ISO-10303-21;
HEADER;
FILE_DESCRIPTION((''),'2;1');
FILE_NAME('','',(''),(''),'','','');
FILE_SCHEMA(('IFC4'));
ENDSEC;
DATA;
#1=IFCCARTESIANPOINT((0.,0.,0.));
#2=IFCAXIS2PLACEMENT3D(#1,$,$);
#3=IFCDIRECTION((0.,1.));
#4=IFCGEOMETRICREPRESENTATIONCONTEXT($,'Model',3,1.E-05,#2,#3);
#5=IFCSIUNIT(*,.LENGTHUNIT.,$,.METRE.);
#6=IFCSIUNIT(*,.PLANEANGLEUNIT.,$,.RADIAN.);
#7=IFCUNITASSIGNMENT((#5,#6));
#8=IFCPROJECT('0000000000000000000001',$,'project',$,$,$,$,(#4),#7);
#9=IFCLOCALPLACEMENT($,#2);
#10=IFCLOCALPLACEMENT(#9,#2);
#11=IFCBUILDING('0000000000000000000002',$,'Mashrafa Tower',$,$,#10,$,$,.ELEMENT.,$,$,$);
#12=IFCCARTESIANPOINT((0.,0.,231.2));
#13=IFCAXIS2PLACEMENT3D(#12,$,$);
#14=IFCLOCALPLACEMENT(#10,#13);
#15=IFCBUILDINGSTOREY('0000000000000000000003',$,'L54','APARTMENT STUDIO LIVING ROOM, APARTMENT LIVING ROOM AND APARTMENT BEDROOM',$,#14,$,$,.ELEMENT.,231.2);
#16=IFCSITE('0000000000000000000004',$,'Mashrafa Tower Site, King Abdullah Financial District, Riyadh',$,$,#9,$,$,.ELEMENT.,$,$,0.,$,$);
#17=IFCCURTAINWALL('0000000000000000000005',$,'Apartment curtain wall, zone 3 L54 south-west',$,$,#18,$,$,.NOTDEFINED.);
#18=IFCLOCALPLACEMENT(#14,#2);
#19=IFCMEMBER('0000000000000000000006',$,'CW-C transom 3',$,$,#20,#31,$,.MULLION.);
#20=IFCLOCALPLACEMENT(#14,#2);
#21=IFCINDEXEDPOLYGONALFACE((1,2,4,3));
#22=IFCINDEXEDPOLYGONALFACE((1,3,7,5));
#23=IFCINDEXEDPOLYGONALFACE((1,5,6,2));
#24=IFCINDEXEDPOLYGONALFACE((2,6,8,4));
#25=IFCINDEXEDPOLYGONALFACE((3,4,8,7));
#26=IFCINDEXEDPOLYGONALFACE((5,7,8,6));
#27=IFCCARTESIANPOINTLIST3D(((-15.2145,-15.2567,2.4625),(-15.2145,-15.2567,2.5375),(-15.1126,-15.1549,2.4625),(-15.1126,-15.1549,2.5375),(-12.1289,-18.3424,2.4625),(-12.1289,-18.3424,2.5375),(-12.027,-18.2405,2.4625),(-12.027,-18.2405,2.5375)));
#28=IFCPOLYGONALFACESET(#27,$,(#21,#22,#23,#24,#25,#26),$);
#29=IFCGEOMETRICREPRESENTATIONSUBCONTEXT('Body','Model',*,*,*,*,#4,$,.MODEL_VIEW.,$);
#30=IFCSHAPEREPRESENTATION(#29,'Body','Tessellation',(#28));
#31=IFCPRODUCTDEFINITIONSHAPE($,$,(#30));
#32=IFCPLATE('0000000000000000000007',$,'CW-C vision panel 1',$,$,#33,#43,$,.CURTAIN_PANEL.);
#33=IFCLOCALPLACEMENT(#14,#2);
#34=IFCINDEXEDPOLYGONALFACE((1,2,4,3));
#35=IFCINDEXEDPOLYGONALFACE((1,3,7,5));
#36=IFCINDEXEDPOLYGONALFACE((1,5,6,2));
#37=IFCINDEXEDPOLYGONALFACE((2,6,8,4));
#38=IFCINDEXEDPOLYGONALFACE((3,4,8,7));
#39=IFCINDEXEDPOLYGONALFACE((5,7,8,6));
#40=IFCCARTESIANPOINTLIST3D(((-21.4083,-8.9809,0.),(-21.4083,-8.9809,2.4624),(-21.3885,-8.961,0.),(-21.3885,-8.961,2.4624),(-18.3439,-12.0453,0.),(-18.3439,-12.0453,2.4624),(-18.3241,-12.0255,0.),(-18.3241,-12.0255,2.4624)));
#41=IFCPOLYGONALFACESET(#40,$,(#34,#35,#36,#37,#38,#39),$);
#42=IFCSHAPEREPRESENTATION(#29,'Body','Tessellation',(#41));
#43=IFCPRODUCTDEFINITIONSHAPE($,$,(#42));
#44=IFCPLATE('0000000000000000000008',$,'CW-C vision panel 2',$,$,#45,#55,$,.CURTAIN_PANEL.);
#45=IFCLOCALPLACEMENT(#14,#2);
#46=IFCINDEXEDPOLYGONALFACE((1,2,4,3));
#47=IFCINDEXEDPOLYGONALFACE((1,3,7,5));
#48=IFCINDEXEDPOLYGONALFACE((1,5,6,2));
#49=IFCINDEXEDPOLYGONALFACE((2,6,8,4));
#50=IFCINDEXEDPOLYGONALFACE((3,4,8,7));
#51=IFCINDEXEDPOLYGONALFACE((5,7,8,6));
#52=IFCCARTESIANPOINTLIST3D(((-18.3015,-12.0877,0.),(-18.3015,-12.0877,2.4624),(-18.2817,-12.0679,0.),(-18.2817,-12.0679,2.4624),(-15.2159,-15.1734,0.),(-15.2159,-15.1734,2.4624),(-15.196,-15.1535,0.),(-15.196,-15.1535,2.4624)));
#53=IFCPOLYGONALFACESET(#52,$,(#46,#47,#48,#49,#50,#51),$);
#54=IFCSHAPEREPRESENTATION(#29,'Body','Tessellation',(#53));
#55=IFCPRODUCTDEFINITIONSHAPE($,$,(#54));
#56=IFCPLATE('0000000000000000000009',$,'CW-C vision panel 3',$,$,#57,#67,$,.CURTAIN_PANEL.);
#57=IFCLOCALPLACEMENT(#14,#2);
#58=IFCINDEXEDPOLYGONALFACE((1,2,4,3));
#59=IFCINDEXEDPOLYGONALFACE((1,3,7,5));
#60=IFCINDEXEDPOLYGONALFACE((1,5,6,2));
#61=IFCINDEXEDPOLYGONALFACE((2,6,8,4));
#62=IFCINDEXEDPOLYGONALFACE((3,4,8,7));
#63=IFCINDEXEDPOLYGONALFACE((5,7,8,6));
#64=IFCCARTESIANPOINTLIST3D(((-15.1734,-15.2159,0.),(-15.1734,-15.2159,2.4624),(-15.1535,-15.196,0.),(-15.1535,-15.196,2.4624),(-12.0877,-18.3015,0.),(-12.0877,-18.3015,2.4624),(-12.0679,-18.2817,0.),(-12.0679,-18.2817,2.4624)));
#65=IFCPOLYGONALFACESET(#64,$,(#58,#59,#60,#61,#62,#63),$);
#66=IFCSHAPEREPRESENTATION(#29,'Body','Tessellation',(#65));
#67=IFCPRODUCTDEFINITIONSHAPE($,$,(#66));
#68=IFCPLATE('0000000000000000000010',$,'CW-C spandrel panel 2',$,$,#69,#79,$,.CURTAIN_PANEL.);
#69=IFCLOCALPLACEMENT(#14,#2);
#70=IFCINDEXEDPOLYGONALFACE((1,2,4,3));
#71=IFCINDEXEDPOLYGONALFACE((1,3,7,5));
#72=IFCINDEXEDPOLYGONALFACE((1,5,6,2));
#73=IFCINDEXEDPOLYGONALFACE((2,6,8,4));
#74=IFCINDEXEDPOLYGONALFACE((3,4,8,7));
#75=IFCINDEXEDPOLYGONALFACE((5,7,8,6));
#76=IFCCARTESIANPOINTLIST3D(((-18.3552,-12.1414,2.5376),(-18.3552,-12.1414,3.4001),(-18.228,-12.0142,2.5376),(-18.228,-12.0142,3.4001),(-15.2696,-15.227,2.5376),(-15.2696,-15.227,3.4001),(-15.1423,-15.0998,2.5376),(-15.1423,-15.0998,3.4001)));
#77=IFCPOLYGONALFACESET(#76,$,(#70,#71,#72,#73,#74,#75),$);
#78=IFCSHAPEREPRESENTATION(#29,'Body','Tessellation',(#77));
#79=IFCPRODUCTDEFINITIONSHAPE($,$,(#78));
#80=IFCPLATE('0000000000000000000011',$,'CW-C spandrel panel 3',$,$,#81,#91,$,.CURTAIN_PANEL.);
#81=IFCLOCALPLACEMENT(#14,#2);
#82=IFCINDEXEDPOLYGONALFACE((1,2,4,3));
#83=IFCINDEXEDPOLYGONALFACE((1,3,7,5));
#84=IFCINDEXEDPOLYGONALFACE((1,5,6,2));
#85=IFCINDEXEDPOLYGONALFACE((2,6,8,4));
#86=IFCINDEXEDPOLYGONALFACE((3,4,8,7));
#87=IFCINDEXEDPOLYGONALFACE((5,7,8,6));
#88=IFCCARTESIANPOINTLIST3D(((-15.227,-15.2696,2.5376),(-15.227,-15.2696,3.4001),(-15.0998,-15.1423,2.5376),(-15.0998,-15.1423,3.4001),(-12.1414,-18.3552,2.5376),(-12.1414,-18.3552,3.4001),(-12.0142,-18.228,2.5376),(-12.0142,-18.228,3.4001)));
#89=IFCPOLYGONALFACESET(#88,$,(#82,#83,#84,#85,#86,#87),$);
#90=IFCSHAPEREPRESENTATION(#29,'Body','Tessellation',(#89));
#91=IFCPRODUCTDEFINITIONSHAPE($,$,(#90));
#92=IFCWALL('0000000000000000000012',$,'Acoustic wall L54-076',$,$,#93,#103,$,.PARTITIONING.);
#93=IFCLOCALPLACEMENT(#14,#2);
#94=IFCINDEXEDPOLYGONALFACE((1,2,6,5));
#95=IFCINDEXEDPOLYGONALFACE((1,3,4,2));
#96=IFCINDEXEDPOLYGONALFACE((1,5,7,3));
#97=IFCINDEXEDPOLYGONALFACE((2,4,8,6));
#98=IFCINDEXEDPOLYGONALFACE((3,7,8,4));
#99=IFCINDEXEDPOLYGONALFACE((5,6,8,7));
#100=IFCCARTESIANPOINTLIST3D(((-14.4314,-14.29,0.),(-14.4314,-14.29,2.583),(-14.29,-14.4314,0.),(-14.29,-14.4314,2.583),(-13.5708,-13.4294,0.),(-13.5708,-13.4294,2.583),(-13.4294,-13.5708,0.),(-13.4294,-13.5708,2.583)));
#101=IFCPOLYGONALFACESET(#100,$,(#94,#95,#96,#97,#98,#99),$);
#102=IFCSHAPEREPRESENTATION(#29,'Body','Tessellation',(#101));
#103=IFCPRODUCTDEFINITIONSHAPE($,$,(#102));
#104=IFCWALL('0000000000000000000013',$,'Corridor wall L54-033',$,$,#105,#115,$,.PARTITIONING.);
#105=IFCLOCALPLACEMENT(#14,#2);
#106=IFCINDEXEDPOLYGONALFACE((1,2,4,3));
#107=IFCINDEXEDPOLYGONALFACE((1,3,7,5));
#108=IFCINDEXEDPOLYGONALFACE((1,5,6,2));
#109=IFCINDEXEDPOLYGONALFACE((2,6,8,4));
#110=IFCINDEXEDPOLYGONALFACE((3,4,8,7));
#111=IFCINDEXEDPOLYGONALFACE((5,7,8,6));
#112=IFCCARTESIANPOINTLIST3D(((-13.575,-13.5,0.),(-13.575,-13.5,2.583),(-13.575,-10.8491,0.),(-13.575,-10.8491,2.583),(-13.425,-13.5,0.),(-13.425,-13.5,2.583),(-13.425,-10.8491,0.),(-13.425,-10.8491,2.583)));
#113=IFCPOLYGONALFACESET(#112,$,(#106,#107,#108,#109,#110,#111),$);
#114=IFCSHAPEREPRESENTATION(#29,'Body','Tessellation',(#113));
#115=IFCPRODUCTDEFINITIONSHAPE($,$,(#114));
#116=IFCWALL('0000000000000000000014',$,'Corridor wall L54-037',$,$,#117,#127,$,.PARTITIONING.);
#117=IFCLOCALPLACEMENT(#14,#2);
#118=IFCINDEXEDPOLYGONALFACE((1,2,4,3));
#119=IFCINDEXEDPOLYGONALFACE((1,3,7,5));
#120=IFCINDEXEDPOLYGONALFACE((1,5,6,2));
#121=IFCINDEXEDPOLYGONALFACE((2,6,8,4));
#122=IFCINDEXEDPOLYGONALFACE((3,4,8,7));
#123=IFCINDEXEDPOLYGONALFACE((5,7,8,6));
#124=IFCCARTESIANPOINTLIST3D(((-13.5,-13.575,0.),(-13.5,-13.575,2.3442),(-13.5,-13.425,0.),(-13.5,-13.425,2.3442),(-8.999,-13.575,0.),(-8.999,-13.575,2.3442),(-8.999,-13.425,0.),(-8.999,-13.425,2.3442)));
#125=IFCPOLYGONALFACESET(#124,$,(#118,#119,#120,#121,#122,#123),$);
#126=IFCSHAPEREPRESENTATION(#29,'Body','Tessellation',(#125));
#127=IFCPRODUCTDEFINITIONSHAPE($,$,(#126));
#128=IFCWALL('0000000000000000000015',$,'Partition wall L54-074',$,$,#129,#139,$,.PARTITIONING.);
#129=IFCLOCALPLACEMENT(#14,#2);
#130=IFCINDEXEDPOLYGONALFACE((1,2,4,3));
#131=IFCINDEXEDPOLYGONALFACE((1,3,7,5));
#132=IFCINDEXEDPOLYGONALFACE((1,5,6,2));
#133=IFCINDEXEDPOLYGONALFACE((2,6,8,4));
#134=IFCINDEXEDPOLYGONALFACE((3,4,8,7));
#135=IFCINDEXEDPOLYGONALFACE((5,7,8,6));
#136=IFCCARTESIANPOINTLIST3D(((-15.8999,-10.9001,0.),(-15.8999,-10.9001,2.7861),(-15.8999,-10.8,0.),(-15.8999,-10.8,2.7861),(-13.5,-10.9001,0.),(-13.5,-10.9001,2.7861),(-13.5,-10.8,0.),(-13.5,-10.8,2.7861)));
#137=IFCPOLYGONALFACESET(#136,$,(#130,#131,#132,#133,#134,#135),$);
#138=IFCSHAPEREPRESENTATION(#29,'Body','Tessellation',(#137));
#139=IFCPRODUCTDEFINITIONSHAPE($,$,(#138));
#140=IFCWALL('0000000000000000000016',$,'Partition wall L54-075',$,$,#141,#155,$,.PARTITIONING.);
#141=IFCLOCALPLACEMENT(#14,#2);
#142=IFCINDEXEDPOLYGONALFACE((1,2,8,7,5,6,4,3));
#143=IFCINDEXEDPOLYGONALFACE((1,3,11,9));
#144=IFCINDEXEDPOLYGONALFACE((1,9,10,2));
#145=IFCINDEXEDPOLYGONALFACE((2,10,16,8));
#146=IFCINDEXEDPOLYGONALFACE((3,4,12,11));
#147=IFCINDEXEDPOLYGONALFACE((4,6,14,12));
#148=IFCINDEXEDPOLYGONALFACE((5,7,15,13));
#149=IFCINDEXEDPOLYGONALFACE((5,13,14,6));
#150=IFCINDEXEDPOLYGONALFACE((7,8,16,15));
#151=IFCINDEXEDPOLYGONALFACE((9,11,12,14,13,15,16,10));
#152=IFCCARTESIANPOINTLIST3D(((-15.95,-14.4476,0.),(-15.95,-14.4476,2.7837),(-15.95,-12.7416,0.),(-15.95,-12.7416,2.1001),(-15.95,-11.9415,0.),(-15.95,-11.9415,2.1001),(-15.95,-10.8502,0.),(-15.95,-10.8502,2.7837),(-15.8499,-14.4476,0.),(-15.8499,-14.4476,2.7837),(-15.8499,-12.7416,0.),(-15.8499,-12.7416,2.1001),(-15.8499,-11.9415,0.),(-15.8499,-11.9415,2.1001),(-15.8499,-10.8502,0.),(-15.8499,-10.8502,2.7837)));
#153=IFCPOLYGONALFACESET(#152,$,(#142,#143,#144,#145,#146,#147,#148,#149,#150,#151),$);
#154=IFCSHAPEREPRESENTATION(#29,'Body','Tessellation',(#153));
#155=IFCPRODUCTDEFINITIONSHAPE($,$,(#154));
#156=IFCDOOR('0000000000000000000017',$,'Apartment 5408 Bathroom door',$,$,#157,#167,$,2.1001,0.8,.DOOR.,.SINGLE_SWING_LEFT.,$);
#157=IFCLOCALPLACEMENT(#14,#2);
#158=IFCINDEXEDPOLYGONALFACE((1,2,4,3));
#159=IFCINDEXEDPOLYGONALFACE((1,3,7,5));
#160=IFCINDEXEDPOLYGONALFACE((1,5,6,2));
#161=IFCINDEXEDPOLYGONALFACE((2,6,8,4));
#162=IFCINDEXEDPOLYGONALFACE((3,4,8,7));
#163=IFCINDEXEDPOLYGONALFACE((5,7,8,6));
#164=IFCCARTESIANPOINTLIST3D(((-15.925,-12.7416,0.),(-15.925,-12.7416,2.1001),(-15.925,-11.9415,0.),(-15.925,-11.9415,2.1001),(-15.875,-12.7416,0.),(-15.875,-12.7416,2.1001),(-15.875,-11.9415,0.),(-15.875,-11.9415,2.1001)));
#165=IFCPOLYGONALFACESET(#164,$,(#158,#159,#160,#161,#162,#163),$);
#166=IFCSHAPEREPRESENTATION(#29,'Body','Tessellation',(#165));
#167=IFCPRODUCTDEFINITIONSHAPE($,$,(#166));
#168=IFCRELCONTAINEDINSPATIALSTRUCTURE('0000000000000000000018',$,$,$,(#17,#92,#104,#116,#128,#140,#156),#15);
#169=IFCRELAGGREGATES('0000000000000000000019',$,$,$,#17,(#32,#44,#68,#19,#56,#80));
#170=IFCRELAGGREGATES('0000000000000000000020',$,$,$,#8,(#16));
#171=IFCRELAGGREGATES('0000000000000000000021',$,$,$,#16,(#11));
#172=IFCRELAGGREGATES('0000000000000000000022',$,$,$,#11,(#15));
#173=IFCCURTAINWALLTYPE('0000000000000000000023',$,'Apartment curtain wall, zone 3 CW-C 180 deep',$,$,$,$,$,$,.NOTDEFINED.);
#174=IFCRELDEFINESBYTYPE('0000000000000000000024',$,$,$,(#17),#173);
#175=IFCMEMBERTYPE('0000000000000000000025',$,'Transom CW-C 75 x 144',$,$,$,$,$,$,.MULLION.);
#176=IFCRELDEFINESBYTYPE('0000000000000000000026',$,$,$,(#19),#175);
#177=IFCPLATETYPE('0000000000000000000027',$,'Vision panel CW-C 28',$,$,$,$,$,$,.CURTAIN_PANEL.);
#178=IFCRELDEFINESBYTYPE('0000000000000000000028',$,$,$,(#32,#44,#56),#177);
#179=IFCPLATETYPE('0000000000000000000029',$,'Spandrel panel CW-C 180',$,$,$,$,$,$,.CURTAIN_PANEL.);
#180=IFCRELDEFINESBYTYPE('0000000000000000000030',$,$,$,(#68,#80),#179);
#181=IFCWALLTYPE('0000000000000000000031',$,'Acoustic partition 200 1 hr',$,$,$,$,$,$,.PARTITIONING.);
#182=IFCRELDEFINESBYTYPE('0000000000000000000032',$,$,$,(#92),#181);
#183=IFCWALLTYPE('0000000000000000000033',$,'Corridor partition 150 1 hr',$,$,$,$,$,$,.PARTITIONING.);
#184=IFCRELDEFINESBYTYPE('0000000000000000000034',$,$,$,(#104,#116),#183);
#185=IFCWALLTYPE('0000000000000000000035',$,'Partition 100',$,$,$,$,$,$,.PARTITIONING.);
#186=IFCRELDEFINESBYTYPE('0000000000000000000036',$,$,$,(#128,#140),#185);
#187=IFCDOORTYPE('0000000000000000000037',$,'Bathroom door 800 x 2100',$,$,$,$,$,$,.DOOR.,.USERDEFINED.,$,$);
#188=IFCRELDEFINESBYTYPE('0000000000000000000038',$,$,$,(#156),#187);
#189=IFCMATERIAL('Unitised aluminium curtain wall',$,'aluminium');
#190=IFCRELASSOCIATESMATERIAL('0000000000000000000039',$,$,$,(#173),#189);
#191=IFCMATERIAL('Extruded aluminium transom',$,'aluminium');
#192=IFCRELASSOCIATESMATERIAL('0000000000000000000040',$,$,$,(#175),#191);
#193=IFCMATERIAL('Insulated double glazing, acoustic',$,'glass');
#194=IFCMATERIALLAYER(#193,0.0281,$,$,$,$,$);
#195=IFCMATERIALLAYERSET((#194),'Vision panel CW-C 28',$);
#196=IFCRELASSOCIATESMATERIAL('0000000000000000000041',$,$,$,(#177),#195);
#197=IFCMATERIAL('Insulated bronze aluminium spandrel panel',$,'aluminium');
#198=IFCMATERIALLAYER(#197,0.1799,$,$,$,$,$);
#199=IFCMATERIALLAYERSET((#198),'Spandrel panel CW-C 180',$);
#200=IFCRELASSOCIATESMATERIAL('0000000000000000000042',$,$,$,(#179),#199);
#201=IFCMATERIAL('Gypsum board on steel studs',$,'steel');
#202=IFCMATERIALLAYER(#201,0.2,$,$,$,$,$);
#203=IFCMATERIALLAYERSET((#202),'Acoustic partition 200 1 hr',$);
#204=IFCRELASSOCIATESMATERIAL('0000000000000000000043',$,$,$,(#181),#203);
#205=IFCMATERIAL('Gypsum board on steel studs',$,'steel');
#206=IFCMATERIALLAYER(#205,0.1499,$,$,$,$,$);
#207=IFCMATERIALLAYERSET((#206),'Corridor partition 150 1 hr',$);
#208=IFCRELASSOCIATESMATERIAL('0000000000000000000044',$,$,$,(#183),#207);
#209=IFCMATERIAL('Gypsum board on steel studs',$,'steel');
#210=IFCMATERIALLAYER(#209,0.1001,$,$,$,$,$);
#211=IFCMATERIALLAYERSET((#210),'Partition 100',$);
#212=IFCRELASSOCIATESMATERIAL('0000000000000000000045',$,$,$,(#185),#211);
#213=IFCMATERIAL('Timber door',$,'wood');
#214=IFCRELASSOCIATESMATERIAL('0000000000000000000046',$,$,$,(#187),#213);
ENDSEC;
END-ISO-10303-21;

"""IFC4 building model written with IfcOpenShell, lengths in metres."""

from ifc_helpers import new_model, si_unit, direction, frame, frame_2d, origin, origin_2d, place, context, subcontext, project, spatial, rectangle, extrude, source, transform, mapped, material, layer, layer_set, material_profile, profile_set, type_object, type_shapes, element, fill, aggregate, save


model = new_model("IFC4")

# Units and contexts
model_context = context("Model", 3, precision=1e-05, world=origin(), true_north=direction((0.0, 1.0)))
body_context = subcontext(model_context, "Body", "Model", "MODEL_VIEW")
ifc_project = project(units=[si_unit("LENGTHUNIT", "METRE"), si_unit("PLANEANGLEUNIT", "RADIAN")], contexts=[model_context])

# Site, building, storey
site_placement = place(None, origin())
site = spatial("IfcSite", under=ifc_project, at=site_placement, Name="Mashrafa Tower Site, King Abdullah Financial District, Riyadh", CompositionType="ELEMENT", RefElevation=0.0)
building_placement = place(site_placement, origin())
building = spatial("IfcBuilding", under=site, at=building_placement, Name="Mashrafa Tower", CompositionType="ELEMENT")
storey_placement = place(building_placement, frame((0.0, 0.0, 231.2)))
storey = spatial("IfcBuildingStorey", under=building, at=storey_placement, Name="L54", Description="APARTMENT STUDIO LIVING ROOM, APARTMENT LIVING ROOM AND APARTMENT BEDROOM", CompositionType="ELEMENT", Elevation=231.2)

# Curtain wall, member, plates
ifc_material_1 = material(Name="Unitised aluminium curtain wall", Category="aluminium")
curtain_wall_type = type_object("IfcCurtainWallType", Name="Apartment curtain wall, zone 3 CW-C 180 deep", PredefinedType="NOTDEFINED", material=ifc_material_1)
curtain_wall_placement = place(storey_placement, origin())
curtain_wall = element("IfcCurtainWall", 1, at=curtain_wall_placement, inside=storey, type_object=curtain_wall_type, Name="Apartment curtain wall, zone 3 L54 south-west", PredefinedType="NOTDEFINED")
ifc_material_2 = material(Name="Extruded aluminium transom", Category="aluminium")
ifc_material_profile_1 = material_profile(ifc_material_2, rectangle(XDim=0.144, YDim=0.075, at=origin_2d()), Name="Transom 75x144")
ifc_profile_set_1 = profile_set([ifc_material_profile_1], Name="Extruded aluminium transom")
member_type_1 = type_object("IfcMemberType", Name="Transom CW-C 75 x 144", PredefinedType="MULLION", material=ifc_profile_set_1)
shared_shape_1 = source(origin(), body_context, "Body", "SweptSolid", [
    extrude(rectangle(XDim=0.144, YDim=0.075, at=origin_2d()), origin(), (0.0, 0.0, 1.0), 4.3638),
])
member_1_placement = place(storey_placement, frame((-15.1636, -15.2058, 2.5), z_axis=(0.707107, -0.707107, 0.0), x_axis=(0.707107, 0.707107, 0.0)))
member_1 = element("IfcMember", 2, at=member_1_placement, type_object=member_type_1, Name="CW-C transom 3", PredefinedType="MULLION", context=body_context, shape_type="MappedRepresentation", body=[
    mapped(shared_shape_1, transform((0.0, 0.0, 0.0))),
])
ifc_material_3 = material(Name="Insulated double glazing, acoustic", Category="glass")
ifc_layer_1 = layer(ifc_material_3, 0.0281)
ifc_layer_set_1 = layer_set([ifc_layer_1], Name="Vision panel CW-C 28")
plate_type_1 = type_object("IfcPlateType", Name="Vision panel CW-C 28", PredefinedType="CURTAIN_PANEL", material=ifc_layer_set_1)
shared_shape_2 = source(origin(), body_context, "Body", "SweptSolid", [
    extrude(rectangle(XDim=4.3337, YDim=0.0281, at=origin_2d()), origin(), (0.0, 0.0, 1.0), 2.4624),
])
plate_1_placement = place(storey_placement, frame((-19.8662, -10.5032, 0.0), z_axis=(0.0, 0.0, 1.0), x_axis=(0.707107, -0.707107, 0.0)))
plate_1 = element("IfcPlate", 3, at=plate_1_placement, type_object=plate_type_1, Name="CW-C vision panel 1", PredefinedType="CURTAIN_PANEL", context=body_context, shape_type="MappedRepresentation", body=[
    mapped(shared_shape_2, transform((0.0, 0.0, 0.0))),
])
shared_shape_3 = source(origin(), body_context, "Body", "SweptSolid", [
    extrude(rectangle(XDim=4.3638, YDim=0.0281, at=origin_2d()), origin(), (0.0, 0.0, 1.0), 2.4624),
])
type_shapes(plate_type_1, [shared_shape_2, shared_shape_3])
plate_2_placement = place(storey_placement, frame((-16.7488, -13.6206, 0.0), z_axis=(0.0, 0.0, 1.0), x_axis=(0.707107, -0.707107, 0.0)))
plate_2 = element("IfcPlate", 4, at=plate_2_placement, type_object=plate_type_1, Name="CW-C vision panel 2", PredefinedType="CURTAIN_PANEL", context=body_context, shape_type="MappedRepresentation", body=[
    mapped(shared_shape_3, transform((0.0, 0.0, 0.0))),
])
plate_3_placement = place(storey_placement, frame((-13.6206, -16.7488, 0.0), z_axis=(0.0, 0.0, 1.0), x_axis=(0.707107, -0.707107, 0.0)))
plate_3 = element("IfcPlate", 5, at=plate_3_placement, type_object=plate_type_1, Name="CW-C vision panel 3", PredefinedType="CURTAIN_PANEL", context=body_context, shape_type="MappedRepresentation", body=[
    mapped(shared_shape_3, transform((0.0, 0.0, 0.0))),
])
ifc_material_4 = material(Name="Insulated bronze aluminium spandrel panel", Category="aluminium")
ifc_layer_2 = layer(ifc_material_4, 0.1799)
ifc_layer_set_2 = layer_set([ifc_layer_2], Name="Spandrel panel CW-C 180")
plate_type_2 = type_object("IfcPlateType", Name="Spandrel panel CW-C 180", PredefinedType="CURTAIN_PANEL", material=ifc_layer_set_2)
shared_shape_4 = source(origin(), body_context, "Body", "SweptSolid", [
    extrude(rectangle(XDim=4.3638, YDim=0.1799, at=origin_2d()), origin(), (0.0, 0.0, 1.0), 0.8625),
])
type_shapes(plate_type_2, [shared_shape_4])
plate_4_placement = place(storey_placement, frame((-16.7488, -13.6206, 2.5376), z_axis=(0.0, 0.0, 1.0), x_axis=(0.707107, -0.707107, 0.0)))
plate_4 = element("IfcPlate", 6, at=plate_4_placement, type_object=plate_type_2, Name="CW-C spandrel panel 2", PredefinedType="CURTAIN_PANEL", context=body_context, shape_type="MappedRepresentation", body=[
    mapped(shared_shape_4, transform((0.0, 0.0, 0.0))),
])
plate_5_placement = place(storey_placement, frame((-13.6206, -16.7488, 2.5376), z_axis=(0.0, 0.0, 1.0), x_axis=(0.707107, -0.707107, 0.0)))
plate_5 = element("IfcPlate", 7, at=plate_5_placement, type_object=plate_type_2, Name="CW-C spandrel panel 3", PredefinedType="CURTAIN_PANEL", context=body_context, shape_type="MappedRepresentation", body=[
    mapped(shared_shape_4, transform((0.0, 0.0, 0.0))),
])
aggregate(curtain_wall, [plate_1, plate_2, plate_4, member_1, plate_3, plate_5])

# Walls
ifc_material_5 = material(Name="Gypsum board on steel studs", Category="steel")
ifc_layer_3 = layer(ifc_material_5, 0.2)
ifc_layer_set_3 = layer_set([ifc_layer_3], Name="Acoustic partition 200 1 hr")
wall_type_1 = type_object("IfcWallType", Name="Acoustic partition 200 1 hr", PredefinedType="PARTITIONING", material=ifc_layer_set_3)
wall_1_placement = place(storey_placement, frame((-14.3606, -14.3606, 0.0), z_axis=(0.0, 0.0, 1.0), x_axis=(0.707107, 0.707107, 0.0)))
element("IfcWall", 8, at=wall_1_placement, inside=storey, type_object=wall_type_1, Name="Acoustic wall L54-076", PredefinedType="PARTITIONING", context=body_context, shape_type="SweptSolid", body=[
    extrude(rectangle(XDim=1.217, YDim=0.2, at=frame_2d((0.6084, 0.0))), origin(), (0.0, 0.0, 1.0), 2.583),
])
ifc_material_6 = material(Name="Gypsum board on steel studs", Category="steel")
ifc_layer_4 = layer(ifc_material_6, 0.1499)
ifc_layer_set_4 = layer_set([ifc_layer_4], Name="Corridor partition 150 1 hr")
wall_type_2 = type_object("IfcWallType", Name="Corridor partition 150 1 hr", PredefinedType="PARTITIONING", material=ifc_layer_set_4)
wall_2_placement = place(storey_placement, frame((-13.5, -10.8491, 0.0), z_axis=(0.0, 0.0, 1.0), x_axis=(0.0, -1.0, 0.0)))
element("IfcWall", 9, at=wall_2_placement, inside=storey, type_object=wall_type_2, Name="Corridor wall L54-033", PredefinedType="PARTITIONING", context=body_context, shape_type="SweptSolid", body=[
    extrude(rectangle(XDim=2.6509, YDim=0.1499, at=frame_2d((1.3254, 0.0))), origin(), (0.0, 0.0, 1.0), 2.583),
])
wall_3_placement = place(storey_placement, frame((-13.5, -13.5, 0.0), z_axis=(0.0, 0.0, 1.0), x_axis=(1.0, 0.0, 0.0)))
element("IfcWall", 10, at=wall_3_placement, inside=storey, type_object=wall_type_2, Name="Corridor wall L54-037", PredefinedType="PARTITIONING", context=body_context, shape_type="SweptSolid", body=[
    extrude(rectangle(XDim=4.501, YDim=0.1499, at=frame_2d((2.2505, 0.0))), origin(), (0.0, 0.0, 1.0), 2.3442),
])
ifc_material_7 = material(Name="Gypsum board on steel studs", Category="steel")
ifc_layer_5 = layer(ifc_material_7, 0.1001)
ifc_layer_set_5 = layer_set([ifc_layer_5], Name="Partition 100")
wall_type_3 = type_object("IfcWallType", Name="Partition 100", PredefinedType="PARTITIONING", material=ifc_layer_set_5)
wall_4_placement = place(storey_placement, frame((-13.5, -10.8501, 0.0), z_axis=(0.0, 0.0, 1.0), x_axis=(-1.0, 0.0, 0.0)))
element("IfcWall", 11, at=wall_4_placement, inside=storey, type_object=wall_type_3, Name="Partition wall L54-074", PredefinedType="PARTITIONING", context=body_context, shape_type="SweptSolid", body=[
    extrude(rectangle(XDim=2.3999, YDim=0.1001, at=frame_2d((1.2, 0.0))), origin(), (0.0, 0.0, 1.0), 2.7861),
])

# Wall, opening, door
wall_5_placement = place(storey_placement, frame((-15.8999, -10.8501, 0.0), z_axis=(0.0, 0.0, 1.0), x_axis=(0.0, -1.0, 0.0)))
wall_5 = element("IfcWall", 12, at=wall_5_placement, inside=storey, type_object=wall_type_3, Name="Partition wall L54-075", PredefinedType="PARTITIONING", context=body_context, shape_type="SweptSolid", body=[
    extrude(rectangle(XDim=3.5974, YDim=0.1001, at=frame_2d((1.7988, 0.0))), origin(), (0.0, 0.0, 1.0), 2.7837),
])
opening_placement = place(wall_5_placement, frame((1.0916, 0.0, 0.0)))
opening = element("IfcOpeningElement", 13, at=opening_placement, cuts=wall_5, PredefinedType="OPENING", context=body_context, shape_type="SweptSolid", body=[
    extrude(rectangle(XDim=0.8, YDim=2.1001, at=frame_2d((0.3999, 1.05))), frame((0.0, 0.0601, 0.0), z_axis=(0.0, -1.0, 0.0), x_axis=(1.0, 0.0, 0.0)), (0.0, 0.0, 1.0), 0.1201),
])
ifc_material_8 = material(Name="Timber door", Category="wood")
door_type = type_object("IfcDoorType", Name="Bathroom door 800 x 2100", OperationType="USERDEFINED", PredefinedType="DOOR", material=ifc_material_8)
door_placement = place(opening_placement, origin())
door = element("IfcDoor", 14, at=door_placement, inside=storey, type_object=door_type, Name="Apartment 5408 Bathroom door", OperationType="SINGLE_SWING_LEFT", OverallHeight=2.1001, OverallWidth=0.8, PredefinedType="DOOR", context=body_context, shape_type="SweptSolid", body=[
    extrude(rectangle(XDim=0.8, YDim=2.1001, at=frame_2d((0.3999, 1.05))), frame((0.0, 0.0249, 0.0), z_axis=(0.0, -1.0, 0.0), x_axis=(1.0, 0.0, 0.0)), (0.0, 0.0, 1.0), 0.05),
])
fill(opening, door)

save(model, "model.ifc")
